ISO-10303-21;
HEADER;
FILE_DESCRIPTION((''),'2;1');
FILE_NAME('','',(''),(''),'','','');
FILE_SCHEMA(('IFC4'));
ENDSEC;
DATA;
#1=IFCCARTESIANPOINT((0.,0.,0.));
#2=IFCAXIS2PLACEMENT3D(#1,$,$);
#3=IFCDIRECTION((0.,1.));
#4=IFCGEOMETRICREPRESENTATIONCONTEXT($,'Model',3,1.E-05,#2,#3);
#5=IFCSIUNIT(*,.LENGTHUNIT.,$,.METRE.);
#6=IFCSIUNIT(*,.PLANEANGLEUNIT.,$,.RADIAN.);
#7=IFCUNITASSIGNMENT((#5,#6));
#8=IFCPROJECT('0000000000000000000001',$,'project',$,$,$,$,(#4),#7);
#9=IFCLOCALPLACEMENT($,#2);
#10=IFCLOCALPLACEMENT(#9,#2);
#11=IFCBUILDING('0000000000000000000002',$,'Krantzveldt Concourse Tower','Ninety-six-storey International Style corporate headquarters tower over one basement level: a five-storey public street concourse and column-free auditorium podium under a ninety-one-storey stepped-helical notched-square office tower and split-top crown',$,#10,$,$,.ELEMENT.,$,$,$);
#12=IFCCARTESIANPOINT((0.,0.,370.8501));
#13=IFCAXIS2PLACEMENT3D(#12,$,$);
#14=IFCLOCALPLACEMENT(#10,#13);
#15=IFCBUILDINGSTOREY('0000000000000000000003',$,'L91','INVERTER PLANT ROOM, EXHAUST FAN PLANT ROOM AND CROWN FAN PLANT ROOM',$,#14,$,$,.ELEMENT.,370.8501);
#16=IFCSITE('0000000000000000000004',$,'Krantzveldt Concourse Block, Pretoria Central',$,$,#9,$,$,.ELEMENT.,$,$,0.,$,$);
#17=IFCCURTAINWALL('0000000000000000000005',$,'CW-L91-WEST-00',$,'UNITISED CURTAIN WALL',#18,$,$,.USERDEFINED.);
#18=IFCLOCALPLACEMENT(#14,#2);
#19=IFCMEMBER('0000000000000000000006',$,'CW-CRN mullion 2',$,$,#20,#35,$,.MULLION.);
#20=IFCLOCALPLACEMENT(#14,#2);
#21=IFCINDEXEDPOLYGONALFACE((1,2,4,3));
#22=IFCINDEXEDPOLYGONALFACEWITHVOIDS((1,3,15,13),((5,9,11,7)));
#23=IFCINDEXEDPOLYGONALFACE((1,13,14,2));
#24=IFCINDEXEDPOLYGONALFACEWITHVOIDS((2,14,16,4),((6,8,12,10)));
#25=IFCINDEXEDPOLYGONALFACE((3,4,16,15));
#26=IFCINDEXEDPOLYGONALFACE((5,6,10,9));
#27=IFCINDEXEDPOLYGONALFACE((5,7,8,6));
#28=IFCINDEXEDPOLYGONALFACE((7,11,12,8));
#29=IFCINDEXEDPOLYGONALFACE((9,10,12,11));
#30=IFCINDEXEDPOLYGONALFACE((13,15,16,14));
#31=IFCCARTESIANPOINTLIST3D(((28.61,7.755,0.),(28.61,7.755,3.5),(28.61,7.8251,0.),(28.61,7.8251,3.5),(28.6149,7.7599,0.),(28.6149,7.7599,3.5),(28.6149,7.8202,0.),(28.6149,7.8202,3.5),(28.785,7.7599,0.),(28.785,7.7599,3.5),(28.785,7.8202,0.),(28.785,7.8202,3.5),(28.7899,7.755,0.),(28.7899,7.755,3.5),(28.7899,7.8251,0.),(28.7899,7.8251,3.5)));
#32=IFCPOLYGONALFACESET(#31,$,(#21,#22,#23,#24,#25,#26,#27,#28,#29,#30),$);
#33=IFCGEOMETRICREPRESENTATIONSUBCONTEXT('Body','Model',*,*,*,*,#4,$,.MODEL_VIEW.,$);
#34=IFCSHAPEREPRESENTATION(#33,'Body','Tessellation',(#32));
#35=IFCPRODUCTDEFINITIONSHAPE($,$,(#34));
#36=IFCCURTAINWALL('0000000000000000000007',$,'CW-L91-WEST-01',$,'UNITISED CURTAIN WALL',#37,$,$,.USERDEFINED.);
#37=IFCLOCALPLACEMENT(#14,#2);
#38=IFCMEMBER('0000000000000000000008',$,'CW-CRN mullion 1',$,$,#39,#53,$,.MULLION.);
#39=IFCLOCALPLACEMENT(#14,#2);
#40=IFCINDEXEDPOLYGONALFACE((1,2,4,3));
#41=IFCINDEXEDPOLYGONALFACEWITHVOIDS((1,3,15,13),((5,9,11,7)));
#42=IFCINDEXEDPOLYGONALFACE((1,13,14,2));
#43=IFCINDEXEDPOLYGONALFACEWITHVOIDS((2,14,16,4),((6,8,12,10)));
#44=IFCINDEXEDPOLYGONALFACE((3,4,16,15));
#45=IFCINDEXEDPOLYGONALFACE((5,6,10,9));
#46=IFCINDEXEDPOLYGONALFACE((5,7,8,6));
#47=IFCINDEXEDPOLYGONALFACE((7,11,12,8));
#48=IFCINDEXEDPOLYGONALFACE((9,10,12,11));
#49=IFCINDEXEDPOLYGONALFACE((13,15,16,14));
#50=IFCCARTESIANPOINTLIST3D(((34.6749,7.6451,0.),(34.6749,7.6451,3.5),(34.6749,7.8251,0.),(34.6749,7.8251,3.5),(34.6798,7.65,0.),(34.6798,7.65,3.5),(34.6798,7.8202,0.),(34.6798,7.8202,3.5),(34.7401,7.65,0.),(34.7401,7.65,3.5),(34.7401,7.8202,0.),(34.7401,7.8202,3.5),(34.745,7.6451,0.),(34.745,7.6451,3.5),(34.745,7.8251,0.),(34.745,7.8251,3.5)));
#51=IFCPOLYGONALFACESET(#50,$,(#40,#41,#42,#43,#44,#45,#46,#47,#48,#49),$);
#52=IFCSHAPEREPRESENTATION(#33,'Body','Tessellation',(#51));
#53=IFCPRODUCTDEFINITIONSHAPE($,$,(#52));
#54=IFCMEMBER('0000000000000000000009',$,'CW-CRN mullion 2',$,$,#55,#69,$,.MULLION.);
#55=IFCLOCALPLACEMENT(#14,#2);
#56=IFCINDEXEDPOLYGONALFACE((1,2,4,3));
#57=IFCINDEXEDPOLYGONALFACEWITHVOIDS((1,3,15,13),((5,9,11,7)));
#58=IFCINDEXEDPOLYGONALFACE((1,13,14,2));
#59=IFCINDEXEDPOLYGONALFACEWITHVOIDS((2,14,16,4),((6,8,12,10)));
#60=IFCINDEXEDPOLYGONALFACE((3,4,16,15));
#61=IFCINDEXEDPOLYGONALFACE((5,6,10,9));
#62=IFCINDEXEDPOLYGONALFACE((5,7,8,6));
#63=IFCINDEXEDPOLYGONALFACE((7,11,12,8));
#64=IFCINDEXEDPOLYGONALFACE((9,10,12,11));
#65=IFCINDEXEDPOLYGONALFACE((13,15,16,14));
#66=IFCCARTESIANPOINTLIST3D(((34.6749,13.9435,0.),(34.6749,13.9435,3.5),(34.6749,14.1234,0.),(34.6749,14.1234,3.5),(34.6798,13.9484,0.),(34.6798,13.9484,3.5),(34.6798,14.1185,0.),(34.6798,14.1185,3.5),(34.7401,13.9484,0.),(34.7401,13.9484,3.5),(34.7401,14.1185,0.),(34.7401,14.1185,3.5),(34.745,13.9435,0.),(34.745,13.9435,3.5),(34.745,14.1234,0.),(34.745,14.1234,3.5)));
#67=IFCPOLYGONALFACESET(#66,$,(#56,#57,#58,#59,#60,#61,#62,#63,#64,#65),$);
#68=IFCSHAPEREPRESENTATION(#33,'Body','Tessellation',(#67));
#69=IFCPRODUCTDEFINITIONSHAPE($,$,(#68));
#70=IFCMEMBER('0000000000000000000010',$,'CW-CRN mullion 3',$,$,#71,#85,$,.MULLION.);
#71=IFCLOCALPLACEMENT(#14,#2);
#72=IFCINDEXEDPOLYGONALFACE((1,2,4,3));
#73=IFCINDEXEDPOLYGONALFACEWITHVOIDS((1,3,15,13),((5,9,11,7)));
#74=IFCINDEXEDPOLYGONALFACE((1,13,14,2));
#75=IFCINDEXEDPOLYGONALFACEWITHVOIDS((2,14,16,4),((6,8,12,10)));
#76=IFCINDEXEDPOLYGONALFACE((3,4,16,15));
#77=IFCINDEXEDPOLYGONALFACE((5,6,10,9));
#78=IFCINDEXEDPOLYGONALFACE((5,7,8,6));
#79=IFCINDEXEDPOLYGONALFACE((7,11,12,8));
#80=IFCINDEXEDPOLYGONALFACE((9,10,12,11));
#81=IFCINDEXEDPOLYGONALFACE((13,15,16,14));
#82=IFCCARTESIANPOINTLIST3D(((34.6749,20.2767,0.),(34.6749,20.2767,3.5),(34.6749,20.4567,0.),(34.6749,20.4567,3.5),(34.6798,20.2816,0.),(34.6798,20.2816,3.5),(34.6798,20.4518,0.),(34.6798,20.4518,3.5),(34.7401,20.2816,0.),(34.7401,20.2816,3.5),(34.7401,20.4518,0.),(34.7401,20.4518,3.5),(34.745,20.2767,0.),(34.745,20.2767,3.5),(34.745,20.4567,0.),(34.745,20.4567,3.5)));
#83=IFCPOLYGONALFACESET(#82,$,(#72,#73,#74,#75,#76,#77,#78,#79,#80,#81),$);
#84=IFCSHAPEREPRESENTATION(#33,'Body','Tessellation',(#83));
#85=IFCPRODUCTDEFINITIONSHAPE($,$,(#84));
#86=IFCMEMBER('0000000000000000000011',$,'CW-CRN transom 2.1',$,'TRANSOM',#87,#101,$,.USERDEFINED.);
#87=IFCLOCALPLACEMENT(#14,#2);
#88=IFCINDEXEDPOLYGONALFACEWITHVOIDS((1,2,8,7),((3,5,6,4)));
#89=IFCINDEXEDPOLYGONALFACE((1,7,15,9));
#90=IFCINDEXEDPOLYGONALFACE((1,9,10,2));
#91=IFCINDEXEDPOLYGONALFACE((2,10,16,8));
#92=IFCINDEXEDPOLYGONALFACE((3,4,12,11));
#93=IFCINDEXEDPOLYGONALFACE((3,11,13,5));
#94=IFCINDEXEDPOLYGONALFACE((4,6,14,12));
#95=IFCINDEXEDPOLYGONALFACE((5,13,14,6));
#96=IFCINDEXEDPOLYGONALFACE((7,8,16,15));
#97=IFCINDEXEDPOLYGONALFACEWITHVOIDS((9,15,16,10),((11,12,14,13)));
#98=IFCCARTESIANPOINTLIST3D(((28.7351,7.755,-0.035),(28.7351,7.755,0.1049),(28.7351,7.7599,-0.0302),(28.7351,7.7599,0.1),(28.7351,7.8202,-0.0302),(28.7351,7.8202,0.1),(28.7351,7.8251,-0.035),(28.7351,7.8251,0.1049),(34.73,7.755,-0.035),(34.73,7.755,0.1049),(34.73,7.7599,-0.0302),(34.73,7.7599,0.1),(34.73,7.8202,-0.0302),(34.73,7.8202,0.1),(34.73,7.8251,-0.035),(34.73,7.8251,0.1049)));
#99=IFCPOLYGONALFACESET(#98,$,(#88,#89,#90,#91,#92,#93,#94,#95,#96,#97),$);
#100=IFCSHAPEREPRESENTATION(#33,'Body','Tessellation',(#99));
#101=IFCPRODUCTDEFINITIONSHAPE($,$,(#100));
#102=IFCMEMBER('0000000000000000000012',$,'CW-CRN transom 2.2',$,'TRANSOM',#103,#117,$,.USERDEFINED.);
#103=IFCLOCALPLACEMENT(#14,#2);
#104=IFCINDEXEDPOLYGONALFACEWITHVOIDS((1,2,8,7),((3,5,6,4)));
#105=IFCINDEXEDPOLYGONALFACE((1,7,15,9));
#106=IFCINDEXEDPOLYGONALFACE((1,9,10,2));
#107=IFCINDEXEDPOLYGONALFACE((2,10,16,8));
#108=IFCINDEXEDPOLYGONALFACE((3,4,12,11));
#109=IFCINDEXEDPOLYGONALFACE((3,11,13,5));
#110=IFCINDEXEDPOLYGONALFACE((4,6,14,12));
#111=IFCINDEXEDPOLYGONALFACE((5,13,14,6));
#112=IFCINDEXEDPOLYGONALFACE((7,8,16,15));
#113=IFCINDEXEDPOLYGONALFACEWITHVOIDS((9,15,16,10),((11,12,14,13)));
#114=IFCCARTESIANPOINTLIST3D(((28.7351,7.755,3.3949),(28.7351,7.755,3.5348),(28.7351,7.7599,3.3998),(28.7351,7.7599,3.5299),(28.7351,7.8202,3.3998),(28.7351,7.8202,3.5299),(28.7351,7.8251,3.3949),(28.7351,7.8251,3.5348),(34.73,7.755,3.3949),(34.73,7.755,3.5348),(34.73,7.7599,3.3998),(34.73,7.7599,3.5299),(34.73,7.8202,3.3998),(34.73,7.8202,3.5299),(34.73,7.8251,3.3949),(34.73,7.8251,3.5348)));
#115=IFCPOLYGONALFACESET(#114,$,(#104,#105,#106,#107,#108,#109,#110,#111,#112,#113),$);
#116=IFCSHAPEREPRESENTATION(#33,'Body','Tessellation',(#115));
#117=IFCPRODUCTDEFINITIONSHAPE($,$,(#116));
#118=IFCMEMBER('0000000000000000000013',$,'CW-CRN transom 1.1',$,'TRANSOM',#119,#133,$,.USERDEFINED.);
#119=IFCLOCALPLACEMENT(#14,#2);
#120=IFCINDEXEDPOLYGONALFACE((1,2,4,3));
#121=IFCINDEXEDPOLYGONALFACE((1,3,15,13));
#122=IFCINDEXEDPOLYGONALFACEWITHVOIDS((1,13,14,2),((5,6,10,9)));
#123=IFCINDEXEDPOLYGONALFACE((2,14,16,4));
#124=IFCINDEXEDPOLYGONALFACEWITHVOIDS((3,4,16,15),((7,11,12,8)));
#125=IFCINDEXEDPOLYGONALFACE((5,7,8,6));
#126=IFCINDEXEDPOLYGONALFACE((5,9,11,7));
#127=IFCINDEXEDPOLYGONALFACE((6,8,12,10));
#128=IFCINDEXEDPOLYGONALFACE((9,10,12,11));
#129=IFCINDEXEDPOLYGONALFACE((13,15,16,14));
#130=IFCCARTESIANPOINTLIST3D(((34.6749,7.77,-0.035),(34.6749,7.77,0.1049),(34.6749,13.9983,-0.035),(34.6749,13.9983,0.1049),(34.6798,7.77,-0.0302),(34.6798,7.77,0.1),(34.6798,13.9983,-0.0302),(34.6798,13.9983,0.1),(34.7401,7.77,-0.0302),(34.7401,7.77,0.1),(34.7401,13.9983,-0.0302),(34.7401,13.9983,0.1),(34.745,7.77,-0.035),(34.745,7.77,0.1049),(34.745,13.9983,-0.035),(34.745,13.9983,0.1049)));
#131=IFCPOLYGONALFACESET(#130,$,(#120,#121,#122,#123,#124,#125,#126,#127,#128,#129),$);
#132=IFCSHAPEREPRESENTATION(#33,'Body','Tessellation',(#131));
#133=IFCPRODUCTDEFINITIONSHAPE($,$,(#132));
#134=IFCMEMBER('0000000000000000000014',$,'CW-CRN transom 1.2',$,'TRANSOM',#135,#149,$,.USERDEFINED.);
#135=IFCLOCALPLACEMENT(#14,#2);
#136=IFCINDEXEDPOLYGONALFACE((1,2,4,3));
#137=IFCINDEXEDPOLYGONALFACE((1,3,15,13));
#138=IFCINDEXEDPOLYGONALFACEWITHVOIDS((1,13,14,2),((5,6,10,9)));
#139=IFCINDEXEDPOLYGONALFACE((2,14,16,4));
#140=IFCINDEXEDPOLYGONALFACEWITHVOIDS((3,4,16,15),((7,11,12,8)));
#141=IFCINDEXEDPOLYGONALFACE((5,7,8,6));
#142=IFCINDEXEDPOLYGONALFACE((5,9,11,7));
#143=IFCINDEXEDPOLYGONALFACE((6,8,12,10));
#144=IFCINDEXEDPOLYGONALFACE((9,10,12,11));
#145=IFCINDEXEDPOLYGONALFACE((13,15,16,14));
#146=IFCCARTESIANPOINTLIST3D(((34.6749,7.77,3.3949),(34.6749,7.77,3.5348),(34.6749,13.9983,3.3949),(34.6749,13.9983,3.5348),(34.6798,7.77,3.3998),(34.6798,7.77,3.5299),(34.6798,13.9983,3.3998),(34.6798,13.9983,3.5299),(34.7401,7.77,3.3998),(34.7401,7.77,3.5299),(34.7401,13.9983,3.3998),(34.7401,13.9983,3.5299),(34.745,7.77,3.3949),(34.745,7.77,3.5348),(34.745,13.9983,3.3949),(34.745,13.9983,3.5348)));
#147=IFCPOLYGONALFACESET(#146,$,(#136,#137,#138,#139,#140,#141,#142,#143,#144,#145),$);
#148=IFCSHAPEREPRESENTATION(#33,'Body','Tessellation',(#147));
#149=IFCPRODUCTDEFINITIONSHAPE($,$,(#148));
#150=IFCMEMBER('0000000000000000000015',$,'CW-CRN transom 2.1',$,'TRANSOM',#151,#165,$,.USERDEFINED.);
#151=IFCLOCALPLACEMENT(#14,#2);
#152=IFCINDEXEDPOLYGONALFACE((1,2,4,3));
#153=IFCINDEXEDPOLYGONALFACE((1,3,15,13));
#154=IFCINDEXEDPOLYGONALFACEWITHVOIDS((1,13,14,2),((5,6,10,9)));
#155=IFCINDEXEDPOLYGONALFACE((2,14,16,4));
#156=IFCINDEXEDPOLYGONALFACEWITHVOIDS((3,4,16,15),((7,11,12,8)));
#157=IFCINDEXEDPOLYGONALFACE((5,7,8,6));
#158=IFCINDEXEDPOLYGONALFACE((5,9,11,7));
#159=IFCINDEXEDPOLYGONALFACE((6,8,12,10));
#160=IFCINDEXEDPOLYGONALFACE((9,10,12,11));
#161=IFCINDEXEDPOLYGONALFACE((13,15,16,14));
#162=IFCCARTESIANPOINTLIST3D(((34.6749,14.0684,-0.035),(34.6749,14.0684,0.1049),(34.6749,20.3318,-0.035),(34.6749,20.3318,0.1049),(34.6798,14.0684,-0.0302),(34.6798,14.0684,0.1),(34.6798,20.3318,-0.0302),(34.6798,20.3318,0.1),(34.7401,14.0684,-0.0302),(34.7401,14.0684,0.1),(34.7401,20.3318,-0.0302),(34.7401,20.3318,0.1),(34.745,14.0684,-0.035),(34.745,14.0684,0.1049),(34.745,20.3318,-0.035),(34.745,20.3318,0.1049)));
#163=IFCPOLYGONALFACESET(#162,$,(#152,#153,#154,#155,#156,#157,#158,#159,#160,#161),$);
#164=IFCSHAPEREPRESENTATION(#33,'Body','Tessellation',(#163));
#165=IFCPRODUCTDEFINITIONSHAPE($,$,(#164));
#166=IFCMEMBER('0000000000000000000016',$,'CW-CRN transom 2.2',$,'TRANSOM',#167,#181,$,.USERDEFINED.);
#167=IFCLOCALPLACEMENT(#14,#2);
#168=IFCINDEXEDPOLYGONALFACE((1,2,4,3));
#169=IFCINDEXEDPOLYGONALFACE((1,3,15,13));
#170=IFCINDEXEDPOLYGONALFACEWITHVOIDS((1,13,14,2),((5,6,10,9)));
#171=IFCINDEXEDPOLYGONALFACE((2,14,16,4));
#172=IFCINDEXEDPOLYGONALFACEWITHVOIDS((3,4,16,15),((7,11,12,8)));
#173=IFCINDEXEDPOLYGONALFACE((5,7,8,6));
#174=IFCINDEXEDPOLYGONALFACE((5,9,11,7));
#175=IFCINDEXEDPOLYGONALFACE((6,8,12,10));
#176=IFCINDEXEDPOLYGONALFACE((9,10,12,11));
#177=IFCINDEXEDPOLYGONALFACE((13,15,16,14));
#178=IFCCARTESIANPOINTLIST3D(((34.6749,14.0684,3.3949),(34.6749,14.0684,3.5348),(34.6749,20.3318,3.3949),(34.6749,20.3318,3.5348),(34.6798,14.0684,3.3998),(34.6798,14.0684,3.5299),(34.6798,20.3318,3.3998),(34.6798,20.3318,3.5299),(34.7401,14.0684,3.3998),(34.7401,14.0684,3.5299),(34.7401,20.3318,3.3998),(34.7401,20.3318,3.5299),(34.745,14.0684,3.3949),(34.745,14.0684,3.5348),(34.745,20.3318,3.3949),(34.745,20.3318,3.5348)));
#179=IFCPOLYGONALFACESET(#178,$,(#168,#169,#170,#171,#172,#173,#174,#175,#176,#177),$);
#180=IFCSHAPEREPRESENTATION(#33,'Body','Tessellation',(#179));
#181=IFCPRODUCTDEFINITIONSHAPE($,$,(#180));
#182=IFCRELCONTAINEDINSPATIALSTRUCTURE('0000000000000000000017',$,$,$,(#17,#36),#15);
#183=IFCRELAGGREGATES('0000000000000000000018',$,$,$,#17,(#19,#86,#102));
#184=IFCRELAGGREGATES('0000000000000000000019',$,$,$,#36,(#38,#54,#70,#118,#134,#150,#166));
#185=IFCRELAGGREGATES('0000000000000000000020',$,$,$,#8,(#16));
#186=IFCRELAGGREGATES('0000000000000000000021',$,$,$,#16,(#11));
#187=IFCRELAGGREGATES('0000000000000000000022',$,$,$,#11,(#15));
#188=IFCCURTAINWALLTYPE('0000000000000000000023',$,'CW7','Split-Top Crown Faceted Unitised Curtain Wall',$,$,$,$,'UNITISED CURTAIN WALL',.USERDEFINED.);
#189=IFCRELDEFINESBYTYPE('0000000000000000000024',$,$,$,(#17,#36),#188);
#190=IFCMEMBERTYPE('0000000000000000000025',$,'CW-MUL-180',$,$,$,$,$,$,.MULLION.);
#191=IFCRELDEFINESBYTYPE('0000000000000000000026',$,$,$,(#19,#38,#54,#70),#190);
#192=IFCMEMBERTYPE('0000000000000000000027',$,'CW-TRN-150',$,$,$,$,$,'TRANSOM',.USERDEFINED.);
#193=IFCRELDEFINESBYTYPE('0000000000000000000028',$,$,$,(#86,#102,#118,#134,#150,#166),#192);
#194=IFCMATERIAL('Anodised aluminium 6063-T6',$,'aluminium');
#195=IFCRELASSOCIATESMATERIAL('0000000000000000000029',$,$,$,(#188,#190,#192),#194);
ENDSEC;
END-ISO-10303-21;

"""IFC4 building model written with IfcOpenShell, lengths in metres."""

from ifc_helpers import new_model, si_unit, direction, frame, origin, origin_2d, place, context, subcontext, project, spatial, hollow_rectangle, extrude, source, transform, mapped, material, material_profile, profile_set, type_object, type_shapes, element, aggregate, save


model = new_model("IFC4")

# Units and contexts
model_context = context("Model", 3, precision=1e-05, world=origin(), true_north=direction((0.0, 1.0)))
body_context = subcontext(model_context, "Body", "Model", "MODEL_VIEW")
ifc_project = project(units=[si_unit("LENGTHUNIT", "METRE"), si_unit("PLANEANGLEUNIT", "RADIAN")], contexts=[model_context])

# Site, building, storey
site_placement = place(None, origin())
site = spatial("IfcSite", under=ifc_project, at=site_placement, Name="Krantzveldt Concourse Block, Pretoria Central", CompositionType="ELEMENT", RefElevation=0.0)
building_placement = place(site_placement, origin())
building = spatial("IfcBuilding", under=site, at=building_placement, Name="Krantzveldt Concourse Tower", Description="Ninety-six-storey International Style corporate headquarters tower over one basement level: a five-storey public street concourse and column-free auditorium podium under a ninety-one-storey stepped-helical notched-square office tower and split-top crown", CompositionType="ELEMENT")
storey_placement = place(building_placement, frame((0.0, 0.0, 370.8501)))
storey = spatial("IfcBuildingStorey", under=building, at=storey_placement, Name="L91", Description="INVERTER PLANT ROOM, EXHAUST FAN PLANT ROOM AND CROWN FAN PLANT ROOM", CompositionType="ELEMENT", Elevation=370.8501)

# Curtain wall, member
ifc_material_1 = material(Name="Anodised aluminium 6063-T6", Category="aluminium")
curtain_wall_type = type_object("IfcCurtainWallType", Name="CW7", Description="Split-Top Crown Faceted Unitised Curtain Wall", ElementType="UNITISED CURTAIN WALL", PredefinedType="USERDEFINED", material=ifc_material_1)
curtain_wall_1_placement = place(storey_placement, origin())
curtain_wall_1 = element("IfcCurtainWall", 1, at=curtain_wall_1_placement, inside=storey, type_object=curtain_wall_type, Name="CW-L91-WEST-00", ObjectType="UNITISED CURTAIN WALL", PredefinedType="USERDEFINED")
ifc_material_profile_1 = material_profile(ifc_material_1, hollow_rectangle(XDim=0.0701, YDim=0.1799, WallThickness=0.0049, at=origin_2d()), Name="Anodised aluminium 6063-T6", Category="aluminium")
ifc_profile_set_1 = profile_set([ifc_material_profile_1], Name="Anodised aluminium 6063-T6 - ALU-MULL 180x70x5")
member_type_1 = type_object("IfcMemberType", Name="CW-MUL-180", PredefinedType="MULLION", material=ifc_profile_set_1)
shared_shape_1 = source(origin(), body_context, "Body", "SweptSolid", [
    extrude(hollow_rectangle(XDim=0.0701, YDim=0.1799, WallThickness=0.0049, at=origin_2d()), origin(), (0.0, 0.0, 1.0), 3.5),
])
type_shapes(member_type_1, [shared_shape_1])
member_1_placement = place(storey_placement, frame((28.7, 7.79, 0.0), z_axis=(0.0, 0.0, 1.0), x_axis=(0.0, 1.0, 0.0)))
member_1 = element("IfcMember", 2, at=member_1_placement, type_object=member_type_1, Name="CW-CRN mullion 2", PredefinedType="MULLION", context=body_context, shape_type="MappedRepresentation", body=[
    mapped(shared_shape_1, transform((0.0, 0.0, 0.0), x_axis=(1.0, 0.0, 0.0), y_axis=(0.0, 1.0, 0.0), z_axis=(0.0, 0.0, 1.0), scale=1.0)),
])

# Curtain wall, members
curtain_wall_2_placement = place(storey_placement, origin())
curtain_wall_2 = element("IfcCurtainWall", 3, at=curtain_wall_2_placement, inside=storey, type_object=curtain_wall_type, Name="CW-L91-WEST-01", ObjectType="UNITISED CURTAIN WALL", PredefinedType="USERDEFINED")
member_2_placement = place(storey_placement, frame((34.71, 7.7351, 0.0), z_axis=(0.0, 0.0, 1.0), x_axis=(-1.0, 0.0, 0.0)))
member_2 = element("IfcMember", 4, at=member_2_placement, type_object=member_type_1, Name="CW-CRN mullion 1", PredefinedType="MULLION", context=body_context, shape_type="MappedRepresentation", body=[
    mapped(shared_shape_1, transform((0.0, 0.0, 0.0), x_axis=(1.0, 0.0, 0.0), y_axis=(0.0, 1.0, 0.0), z_axis=(0.0, 0.0, 1.0), scale=1.0)),
])
member_3_placement = place(storey_placement, frame((34.71, 14.0334, 0.0), z_axis=(0.0, 0.0, 1.0), x_axis=(-1.0, 0.0, 0.0)))
member_3 = element("IfcMember", 5, at=member_3_placement, type_object=member_type_1, Name="CW-CRN mullion 2", PredefinedType="MULLION", context=body_context, shape_type="MappedRepresentation", body=[
    mapped(shared_shape_1, transform((0.0, 0.0, 0.0), x_axis=(1.0, 0.0, 0.0), y_axis=(0.0, 1.0, 0.0), z_axis=(0.0, 0.0, 1.0), scale=1.0)),
])
member_4_placement = place(storey_placement, frame((34.71, 20.3667, 0.0), z_axis=(0.0, 0.0, 1.0), x_axis=(-1.0, 0.0, 0.0)))
member_4 = element("IfcMember", 6, at=member_4_placement, type_object=member_type_1, Name="CW-CRN mullion 3", PredefinedType="MULLION", context=body_context, shape_type="MappedRepresentation", body=[
    mapped(shared_shape_1, transform((0.0, 0.0, 0.0), x_axis=(1.0, 0.0, 0.0), y_axis=(0.0, 1.0, 0.0), z_axis=(0.0, 0.0, 1.0), scale=1.0)),
])

# Members
ifc_material_profile_2 = material_profile(ifc_material_1, hollow_rectangle(XDim=0.0701, YDim=0.1399, WallThickness=0.0049, at=origin_2d()), Name="Anodised aluminium 6063-T6", Category="aluminium")
ifc_profile_set_2 = profile_set([ifc_material_profile_2], Name="Anodised aluminium 6063-T6 - ALU-TRAN 140x70x5")
member_type_2 = type_object("IfcMemberType", Name="CW-TRN-150", ElementType="TRANSOM", PredefinedType="USERDEFINED", material=ifc_profile_set_2)
shared_shape_2 = source(origin(), body_context, "Body", "SweptSolid", [
    extrude(hollow_rectangle(XDim=0.0701, YDim=0.1399, WallThickness=0.0049, at=origin_2d()), origin(), (0.0, 0.0, 1.0), 5.9949),
])
member_5_placement = place(storey_placement, frame((28.7351, 7.79, 0.0349), z_axis=(1.0, 0.0, 0.0), x_axis=(0.0, 1.0, 0.0)))
member_5 = element("IfcMember", 7, at=member_5_placement, type_object=member_type_2, Name="CW-CRN transom 2.1", ObjectType="TRANSOM", PredefinedType="USERDEFINED", context=body_context, shape_type="MappedRepresentation", body=[
    mapped(shared_shape_2, transform((0.0, 0.0, 0.0), x_axis=(1.0, 0.0, 0.0), y_axis=(0.0, 1.0, 0.0), z_axis=(0.0, 0.0, 1.0), scale=1.0)),
])
member_6_placement = place(storey_placement, frame((28.7351, 7.79, 3.4648), z_axis=(1.0, 0.0, 0.0), x_axis=(0.0, 1.0, 0.0)))
member_6 = element("IfcMember", 8, at=member_6_placement, type_object=member_type_2, Name="CW-CRN transom 2.2", ObjectType="TRANSOM", PredefinedType="USERDEFINED", context=body_context, shape_type="MappedRepresentation", body=[
    mapped(shared_shape_2, transform((0.0, 0.0, 0.0), x_axis=(1.0, 0.0, 0.0), y_axis=(0.0, 1.0, 0.0), z_axis=(0.0, 0.0, 1.0), scale=1.0)),
])
shared_shape_3 = source(origin(), body_context, "Body", "SweptSolid", [
    extrude(hollow_rectangle(XDim=0.0701, YDim=0.1399, WallThickness=0.0049, at=origin_2d()), origin(), (0.0, 0.0, 1.0), 6.2283),
])
member_7_placement = place(storey_placement, frame((34.71, 7.77, 0.0349), z_axis=(0.0, 1.0, 0.0), x_axis=(-1.0, 0.0, 0.0)))
member_7 = element("IfcMember", 9, at=member_7_placement, type_object=member_type_2, Name="CW-CRN transom 1.1", ObjectType="TRANSOM", PredefinedType="USERDEFINED", context=body_context, shape_type="MappedRepresentation", body=[
    mapped(shared_shape_3, transform((0.0, 0.0, 0.0), x_axis=(1.0, 0.0, 0.0), y_axis=(0.0, 1.0, 0.0), z_axis=(0.0, 0.0, 1.0), scale=1.0)),
])
member_8_placement = place(storey_placement, frame((34.71, 7.77, 3.4648), z_axis=(0.0, 1.0, 0.0), x_axis=(-1.0, 0.0, 0.0)))
member_8 = element("IfcMember", 10, at=member_8_placement, type_object=member_type_2, Name="CW-CRN transom 1.2", ObjectType="TRANSOM", PredefinedType="USERDEFINED", context=body_context, shape_type="MappedRepresentation", body=[
    mapped(shared_shape_3, transform((0.0, 0.0, 0.0), x_axis=(1.0, 0.0, 0.0), y_axis=(0.0, 1.0, 0.0), z_axis=(0.0, 0.0, 1.0), scale=1.0)),
])
shared_shape_4 = source(origin(), body_context, "Body", "SweptSolid", [
    extrude(hollow_rectangle(XDim=0.0701, YDim=0.1399, WallThickness=0.0049, at=origin_2d()), origin(), (0.0, 0.0, 1.0), 6.2634),
])
type_shapes(member_type_2, [shared_shape_2, shared_shape_3, shared_shape_4])
member_9_placement = place(storey_placement, frame((34.71, 14.0684, 0.0349), z_axis=(0.0, 1.0, 0.0), x_axis=(-1.0, 0.0, 0.0)))
member_9 = element("IfcMember", 11, at=member_9_placement, type_object=member_type_2, Name="CW-CRN transom 2.1", ObjectType="TRANSOM", PredefinedType="USERDEFINED", context=body_context, shape_type="MappedRepresentation", body=[
    mapped(shared_shape_4, transform((0.0, 0.0, 0.0), x_axis=(1.0, 0.0, 0.0), y_axis=(0.0, 1.0, 0.0), z_axis=(0.0, 0.0, 1.0), scale=1.0)),
])
member_10_placement = place(storey_placement, frame((34.71, 14.0684, 3.4648), z_axis=(0.0, 1.0, 0.0), x_axis=(-1.0, 0.0, 0.0)))
member_10 = element("IfcMember", 12, at=member_10_placement, type_object=member_type_2, Name="CW-CRN transom 2.2", ObjectType="TRANSOM", PredefinedType="USERDEFINED", context=body_context, shape_type="MappedRepresentation", body=[
    mapped(shared_shape_4, transform((0.0, 0.0, 0.0), x_axis=(1.0, 0.0, 0.0), y_axis=(0.0, 1.0, 0.0), z_axis=(0.0, 0.0, 1.0), scale=1.0)),
])

aggregate(curtain_wall_1, [member_1, member_5, member_6])
aggregate(curtain_wall_2, [member_2, member_3, member_4, member_7, member_8, member_9, member_10])

save(model, "model.ifc")
